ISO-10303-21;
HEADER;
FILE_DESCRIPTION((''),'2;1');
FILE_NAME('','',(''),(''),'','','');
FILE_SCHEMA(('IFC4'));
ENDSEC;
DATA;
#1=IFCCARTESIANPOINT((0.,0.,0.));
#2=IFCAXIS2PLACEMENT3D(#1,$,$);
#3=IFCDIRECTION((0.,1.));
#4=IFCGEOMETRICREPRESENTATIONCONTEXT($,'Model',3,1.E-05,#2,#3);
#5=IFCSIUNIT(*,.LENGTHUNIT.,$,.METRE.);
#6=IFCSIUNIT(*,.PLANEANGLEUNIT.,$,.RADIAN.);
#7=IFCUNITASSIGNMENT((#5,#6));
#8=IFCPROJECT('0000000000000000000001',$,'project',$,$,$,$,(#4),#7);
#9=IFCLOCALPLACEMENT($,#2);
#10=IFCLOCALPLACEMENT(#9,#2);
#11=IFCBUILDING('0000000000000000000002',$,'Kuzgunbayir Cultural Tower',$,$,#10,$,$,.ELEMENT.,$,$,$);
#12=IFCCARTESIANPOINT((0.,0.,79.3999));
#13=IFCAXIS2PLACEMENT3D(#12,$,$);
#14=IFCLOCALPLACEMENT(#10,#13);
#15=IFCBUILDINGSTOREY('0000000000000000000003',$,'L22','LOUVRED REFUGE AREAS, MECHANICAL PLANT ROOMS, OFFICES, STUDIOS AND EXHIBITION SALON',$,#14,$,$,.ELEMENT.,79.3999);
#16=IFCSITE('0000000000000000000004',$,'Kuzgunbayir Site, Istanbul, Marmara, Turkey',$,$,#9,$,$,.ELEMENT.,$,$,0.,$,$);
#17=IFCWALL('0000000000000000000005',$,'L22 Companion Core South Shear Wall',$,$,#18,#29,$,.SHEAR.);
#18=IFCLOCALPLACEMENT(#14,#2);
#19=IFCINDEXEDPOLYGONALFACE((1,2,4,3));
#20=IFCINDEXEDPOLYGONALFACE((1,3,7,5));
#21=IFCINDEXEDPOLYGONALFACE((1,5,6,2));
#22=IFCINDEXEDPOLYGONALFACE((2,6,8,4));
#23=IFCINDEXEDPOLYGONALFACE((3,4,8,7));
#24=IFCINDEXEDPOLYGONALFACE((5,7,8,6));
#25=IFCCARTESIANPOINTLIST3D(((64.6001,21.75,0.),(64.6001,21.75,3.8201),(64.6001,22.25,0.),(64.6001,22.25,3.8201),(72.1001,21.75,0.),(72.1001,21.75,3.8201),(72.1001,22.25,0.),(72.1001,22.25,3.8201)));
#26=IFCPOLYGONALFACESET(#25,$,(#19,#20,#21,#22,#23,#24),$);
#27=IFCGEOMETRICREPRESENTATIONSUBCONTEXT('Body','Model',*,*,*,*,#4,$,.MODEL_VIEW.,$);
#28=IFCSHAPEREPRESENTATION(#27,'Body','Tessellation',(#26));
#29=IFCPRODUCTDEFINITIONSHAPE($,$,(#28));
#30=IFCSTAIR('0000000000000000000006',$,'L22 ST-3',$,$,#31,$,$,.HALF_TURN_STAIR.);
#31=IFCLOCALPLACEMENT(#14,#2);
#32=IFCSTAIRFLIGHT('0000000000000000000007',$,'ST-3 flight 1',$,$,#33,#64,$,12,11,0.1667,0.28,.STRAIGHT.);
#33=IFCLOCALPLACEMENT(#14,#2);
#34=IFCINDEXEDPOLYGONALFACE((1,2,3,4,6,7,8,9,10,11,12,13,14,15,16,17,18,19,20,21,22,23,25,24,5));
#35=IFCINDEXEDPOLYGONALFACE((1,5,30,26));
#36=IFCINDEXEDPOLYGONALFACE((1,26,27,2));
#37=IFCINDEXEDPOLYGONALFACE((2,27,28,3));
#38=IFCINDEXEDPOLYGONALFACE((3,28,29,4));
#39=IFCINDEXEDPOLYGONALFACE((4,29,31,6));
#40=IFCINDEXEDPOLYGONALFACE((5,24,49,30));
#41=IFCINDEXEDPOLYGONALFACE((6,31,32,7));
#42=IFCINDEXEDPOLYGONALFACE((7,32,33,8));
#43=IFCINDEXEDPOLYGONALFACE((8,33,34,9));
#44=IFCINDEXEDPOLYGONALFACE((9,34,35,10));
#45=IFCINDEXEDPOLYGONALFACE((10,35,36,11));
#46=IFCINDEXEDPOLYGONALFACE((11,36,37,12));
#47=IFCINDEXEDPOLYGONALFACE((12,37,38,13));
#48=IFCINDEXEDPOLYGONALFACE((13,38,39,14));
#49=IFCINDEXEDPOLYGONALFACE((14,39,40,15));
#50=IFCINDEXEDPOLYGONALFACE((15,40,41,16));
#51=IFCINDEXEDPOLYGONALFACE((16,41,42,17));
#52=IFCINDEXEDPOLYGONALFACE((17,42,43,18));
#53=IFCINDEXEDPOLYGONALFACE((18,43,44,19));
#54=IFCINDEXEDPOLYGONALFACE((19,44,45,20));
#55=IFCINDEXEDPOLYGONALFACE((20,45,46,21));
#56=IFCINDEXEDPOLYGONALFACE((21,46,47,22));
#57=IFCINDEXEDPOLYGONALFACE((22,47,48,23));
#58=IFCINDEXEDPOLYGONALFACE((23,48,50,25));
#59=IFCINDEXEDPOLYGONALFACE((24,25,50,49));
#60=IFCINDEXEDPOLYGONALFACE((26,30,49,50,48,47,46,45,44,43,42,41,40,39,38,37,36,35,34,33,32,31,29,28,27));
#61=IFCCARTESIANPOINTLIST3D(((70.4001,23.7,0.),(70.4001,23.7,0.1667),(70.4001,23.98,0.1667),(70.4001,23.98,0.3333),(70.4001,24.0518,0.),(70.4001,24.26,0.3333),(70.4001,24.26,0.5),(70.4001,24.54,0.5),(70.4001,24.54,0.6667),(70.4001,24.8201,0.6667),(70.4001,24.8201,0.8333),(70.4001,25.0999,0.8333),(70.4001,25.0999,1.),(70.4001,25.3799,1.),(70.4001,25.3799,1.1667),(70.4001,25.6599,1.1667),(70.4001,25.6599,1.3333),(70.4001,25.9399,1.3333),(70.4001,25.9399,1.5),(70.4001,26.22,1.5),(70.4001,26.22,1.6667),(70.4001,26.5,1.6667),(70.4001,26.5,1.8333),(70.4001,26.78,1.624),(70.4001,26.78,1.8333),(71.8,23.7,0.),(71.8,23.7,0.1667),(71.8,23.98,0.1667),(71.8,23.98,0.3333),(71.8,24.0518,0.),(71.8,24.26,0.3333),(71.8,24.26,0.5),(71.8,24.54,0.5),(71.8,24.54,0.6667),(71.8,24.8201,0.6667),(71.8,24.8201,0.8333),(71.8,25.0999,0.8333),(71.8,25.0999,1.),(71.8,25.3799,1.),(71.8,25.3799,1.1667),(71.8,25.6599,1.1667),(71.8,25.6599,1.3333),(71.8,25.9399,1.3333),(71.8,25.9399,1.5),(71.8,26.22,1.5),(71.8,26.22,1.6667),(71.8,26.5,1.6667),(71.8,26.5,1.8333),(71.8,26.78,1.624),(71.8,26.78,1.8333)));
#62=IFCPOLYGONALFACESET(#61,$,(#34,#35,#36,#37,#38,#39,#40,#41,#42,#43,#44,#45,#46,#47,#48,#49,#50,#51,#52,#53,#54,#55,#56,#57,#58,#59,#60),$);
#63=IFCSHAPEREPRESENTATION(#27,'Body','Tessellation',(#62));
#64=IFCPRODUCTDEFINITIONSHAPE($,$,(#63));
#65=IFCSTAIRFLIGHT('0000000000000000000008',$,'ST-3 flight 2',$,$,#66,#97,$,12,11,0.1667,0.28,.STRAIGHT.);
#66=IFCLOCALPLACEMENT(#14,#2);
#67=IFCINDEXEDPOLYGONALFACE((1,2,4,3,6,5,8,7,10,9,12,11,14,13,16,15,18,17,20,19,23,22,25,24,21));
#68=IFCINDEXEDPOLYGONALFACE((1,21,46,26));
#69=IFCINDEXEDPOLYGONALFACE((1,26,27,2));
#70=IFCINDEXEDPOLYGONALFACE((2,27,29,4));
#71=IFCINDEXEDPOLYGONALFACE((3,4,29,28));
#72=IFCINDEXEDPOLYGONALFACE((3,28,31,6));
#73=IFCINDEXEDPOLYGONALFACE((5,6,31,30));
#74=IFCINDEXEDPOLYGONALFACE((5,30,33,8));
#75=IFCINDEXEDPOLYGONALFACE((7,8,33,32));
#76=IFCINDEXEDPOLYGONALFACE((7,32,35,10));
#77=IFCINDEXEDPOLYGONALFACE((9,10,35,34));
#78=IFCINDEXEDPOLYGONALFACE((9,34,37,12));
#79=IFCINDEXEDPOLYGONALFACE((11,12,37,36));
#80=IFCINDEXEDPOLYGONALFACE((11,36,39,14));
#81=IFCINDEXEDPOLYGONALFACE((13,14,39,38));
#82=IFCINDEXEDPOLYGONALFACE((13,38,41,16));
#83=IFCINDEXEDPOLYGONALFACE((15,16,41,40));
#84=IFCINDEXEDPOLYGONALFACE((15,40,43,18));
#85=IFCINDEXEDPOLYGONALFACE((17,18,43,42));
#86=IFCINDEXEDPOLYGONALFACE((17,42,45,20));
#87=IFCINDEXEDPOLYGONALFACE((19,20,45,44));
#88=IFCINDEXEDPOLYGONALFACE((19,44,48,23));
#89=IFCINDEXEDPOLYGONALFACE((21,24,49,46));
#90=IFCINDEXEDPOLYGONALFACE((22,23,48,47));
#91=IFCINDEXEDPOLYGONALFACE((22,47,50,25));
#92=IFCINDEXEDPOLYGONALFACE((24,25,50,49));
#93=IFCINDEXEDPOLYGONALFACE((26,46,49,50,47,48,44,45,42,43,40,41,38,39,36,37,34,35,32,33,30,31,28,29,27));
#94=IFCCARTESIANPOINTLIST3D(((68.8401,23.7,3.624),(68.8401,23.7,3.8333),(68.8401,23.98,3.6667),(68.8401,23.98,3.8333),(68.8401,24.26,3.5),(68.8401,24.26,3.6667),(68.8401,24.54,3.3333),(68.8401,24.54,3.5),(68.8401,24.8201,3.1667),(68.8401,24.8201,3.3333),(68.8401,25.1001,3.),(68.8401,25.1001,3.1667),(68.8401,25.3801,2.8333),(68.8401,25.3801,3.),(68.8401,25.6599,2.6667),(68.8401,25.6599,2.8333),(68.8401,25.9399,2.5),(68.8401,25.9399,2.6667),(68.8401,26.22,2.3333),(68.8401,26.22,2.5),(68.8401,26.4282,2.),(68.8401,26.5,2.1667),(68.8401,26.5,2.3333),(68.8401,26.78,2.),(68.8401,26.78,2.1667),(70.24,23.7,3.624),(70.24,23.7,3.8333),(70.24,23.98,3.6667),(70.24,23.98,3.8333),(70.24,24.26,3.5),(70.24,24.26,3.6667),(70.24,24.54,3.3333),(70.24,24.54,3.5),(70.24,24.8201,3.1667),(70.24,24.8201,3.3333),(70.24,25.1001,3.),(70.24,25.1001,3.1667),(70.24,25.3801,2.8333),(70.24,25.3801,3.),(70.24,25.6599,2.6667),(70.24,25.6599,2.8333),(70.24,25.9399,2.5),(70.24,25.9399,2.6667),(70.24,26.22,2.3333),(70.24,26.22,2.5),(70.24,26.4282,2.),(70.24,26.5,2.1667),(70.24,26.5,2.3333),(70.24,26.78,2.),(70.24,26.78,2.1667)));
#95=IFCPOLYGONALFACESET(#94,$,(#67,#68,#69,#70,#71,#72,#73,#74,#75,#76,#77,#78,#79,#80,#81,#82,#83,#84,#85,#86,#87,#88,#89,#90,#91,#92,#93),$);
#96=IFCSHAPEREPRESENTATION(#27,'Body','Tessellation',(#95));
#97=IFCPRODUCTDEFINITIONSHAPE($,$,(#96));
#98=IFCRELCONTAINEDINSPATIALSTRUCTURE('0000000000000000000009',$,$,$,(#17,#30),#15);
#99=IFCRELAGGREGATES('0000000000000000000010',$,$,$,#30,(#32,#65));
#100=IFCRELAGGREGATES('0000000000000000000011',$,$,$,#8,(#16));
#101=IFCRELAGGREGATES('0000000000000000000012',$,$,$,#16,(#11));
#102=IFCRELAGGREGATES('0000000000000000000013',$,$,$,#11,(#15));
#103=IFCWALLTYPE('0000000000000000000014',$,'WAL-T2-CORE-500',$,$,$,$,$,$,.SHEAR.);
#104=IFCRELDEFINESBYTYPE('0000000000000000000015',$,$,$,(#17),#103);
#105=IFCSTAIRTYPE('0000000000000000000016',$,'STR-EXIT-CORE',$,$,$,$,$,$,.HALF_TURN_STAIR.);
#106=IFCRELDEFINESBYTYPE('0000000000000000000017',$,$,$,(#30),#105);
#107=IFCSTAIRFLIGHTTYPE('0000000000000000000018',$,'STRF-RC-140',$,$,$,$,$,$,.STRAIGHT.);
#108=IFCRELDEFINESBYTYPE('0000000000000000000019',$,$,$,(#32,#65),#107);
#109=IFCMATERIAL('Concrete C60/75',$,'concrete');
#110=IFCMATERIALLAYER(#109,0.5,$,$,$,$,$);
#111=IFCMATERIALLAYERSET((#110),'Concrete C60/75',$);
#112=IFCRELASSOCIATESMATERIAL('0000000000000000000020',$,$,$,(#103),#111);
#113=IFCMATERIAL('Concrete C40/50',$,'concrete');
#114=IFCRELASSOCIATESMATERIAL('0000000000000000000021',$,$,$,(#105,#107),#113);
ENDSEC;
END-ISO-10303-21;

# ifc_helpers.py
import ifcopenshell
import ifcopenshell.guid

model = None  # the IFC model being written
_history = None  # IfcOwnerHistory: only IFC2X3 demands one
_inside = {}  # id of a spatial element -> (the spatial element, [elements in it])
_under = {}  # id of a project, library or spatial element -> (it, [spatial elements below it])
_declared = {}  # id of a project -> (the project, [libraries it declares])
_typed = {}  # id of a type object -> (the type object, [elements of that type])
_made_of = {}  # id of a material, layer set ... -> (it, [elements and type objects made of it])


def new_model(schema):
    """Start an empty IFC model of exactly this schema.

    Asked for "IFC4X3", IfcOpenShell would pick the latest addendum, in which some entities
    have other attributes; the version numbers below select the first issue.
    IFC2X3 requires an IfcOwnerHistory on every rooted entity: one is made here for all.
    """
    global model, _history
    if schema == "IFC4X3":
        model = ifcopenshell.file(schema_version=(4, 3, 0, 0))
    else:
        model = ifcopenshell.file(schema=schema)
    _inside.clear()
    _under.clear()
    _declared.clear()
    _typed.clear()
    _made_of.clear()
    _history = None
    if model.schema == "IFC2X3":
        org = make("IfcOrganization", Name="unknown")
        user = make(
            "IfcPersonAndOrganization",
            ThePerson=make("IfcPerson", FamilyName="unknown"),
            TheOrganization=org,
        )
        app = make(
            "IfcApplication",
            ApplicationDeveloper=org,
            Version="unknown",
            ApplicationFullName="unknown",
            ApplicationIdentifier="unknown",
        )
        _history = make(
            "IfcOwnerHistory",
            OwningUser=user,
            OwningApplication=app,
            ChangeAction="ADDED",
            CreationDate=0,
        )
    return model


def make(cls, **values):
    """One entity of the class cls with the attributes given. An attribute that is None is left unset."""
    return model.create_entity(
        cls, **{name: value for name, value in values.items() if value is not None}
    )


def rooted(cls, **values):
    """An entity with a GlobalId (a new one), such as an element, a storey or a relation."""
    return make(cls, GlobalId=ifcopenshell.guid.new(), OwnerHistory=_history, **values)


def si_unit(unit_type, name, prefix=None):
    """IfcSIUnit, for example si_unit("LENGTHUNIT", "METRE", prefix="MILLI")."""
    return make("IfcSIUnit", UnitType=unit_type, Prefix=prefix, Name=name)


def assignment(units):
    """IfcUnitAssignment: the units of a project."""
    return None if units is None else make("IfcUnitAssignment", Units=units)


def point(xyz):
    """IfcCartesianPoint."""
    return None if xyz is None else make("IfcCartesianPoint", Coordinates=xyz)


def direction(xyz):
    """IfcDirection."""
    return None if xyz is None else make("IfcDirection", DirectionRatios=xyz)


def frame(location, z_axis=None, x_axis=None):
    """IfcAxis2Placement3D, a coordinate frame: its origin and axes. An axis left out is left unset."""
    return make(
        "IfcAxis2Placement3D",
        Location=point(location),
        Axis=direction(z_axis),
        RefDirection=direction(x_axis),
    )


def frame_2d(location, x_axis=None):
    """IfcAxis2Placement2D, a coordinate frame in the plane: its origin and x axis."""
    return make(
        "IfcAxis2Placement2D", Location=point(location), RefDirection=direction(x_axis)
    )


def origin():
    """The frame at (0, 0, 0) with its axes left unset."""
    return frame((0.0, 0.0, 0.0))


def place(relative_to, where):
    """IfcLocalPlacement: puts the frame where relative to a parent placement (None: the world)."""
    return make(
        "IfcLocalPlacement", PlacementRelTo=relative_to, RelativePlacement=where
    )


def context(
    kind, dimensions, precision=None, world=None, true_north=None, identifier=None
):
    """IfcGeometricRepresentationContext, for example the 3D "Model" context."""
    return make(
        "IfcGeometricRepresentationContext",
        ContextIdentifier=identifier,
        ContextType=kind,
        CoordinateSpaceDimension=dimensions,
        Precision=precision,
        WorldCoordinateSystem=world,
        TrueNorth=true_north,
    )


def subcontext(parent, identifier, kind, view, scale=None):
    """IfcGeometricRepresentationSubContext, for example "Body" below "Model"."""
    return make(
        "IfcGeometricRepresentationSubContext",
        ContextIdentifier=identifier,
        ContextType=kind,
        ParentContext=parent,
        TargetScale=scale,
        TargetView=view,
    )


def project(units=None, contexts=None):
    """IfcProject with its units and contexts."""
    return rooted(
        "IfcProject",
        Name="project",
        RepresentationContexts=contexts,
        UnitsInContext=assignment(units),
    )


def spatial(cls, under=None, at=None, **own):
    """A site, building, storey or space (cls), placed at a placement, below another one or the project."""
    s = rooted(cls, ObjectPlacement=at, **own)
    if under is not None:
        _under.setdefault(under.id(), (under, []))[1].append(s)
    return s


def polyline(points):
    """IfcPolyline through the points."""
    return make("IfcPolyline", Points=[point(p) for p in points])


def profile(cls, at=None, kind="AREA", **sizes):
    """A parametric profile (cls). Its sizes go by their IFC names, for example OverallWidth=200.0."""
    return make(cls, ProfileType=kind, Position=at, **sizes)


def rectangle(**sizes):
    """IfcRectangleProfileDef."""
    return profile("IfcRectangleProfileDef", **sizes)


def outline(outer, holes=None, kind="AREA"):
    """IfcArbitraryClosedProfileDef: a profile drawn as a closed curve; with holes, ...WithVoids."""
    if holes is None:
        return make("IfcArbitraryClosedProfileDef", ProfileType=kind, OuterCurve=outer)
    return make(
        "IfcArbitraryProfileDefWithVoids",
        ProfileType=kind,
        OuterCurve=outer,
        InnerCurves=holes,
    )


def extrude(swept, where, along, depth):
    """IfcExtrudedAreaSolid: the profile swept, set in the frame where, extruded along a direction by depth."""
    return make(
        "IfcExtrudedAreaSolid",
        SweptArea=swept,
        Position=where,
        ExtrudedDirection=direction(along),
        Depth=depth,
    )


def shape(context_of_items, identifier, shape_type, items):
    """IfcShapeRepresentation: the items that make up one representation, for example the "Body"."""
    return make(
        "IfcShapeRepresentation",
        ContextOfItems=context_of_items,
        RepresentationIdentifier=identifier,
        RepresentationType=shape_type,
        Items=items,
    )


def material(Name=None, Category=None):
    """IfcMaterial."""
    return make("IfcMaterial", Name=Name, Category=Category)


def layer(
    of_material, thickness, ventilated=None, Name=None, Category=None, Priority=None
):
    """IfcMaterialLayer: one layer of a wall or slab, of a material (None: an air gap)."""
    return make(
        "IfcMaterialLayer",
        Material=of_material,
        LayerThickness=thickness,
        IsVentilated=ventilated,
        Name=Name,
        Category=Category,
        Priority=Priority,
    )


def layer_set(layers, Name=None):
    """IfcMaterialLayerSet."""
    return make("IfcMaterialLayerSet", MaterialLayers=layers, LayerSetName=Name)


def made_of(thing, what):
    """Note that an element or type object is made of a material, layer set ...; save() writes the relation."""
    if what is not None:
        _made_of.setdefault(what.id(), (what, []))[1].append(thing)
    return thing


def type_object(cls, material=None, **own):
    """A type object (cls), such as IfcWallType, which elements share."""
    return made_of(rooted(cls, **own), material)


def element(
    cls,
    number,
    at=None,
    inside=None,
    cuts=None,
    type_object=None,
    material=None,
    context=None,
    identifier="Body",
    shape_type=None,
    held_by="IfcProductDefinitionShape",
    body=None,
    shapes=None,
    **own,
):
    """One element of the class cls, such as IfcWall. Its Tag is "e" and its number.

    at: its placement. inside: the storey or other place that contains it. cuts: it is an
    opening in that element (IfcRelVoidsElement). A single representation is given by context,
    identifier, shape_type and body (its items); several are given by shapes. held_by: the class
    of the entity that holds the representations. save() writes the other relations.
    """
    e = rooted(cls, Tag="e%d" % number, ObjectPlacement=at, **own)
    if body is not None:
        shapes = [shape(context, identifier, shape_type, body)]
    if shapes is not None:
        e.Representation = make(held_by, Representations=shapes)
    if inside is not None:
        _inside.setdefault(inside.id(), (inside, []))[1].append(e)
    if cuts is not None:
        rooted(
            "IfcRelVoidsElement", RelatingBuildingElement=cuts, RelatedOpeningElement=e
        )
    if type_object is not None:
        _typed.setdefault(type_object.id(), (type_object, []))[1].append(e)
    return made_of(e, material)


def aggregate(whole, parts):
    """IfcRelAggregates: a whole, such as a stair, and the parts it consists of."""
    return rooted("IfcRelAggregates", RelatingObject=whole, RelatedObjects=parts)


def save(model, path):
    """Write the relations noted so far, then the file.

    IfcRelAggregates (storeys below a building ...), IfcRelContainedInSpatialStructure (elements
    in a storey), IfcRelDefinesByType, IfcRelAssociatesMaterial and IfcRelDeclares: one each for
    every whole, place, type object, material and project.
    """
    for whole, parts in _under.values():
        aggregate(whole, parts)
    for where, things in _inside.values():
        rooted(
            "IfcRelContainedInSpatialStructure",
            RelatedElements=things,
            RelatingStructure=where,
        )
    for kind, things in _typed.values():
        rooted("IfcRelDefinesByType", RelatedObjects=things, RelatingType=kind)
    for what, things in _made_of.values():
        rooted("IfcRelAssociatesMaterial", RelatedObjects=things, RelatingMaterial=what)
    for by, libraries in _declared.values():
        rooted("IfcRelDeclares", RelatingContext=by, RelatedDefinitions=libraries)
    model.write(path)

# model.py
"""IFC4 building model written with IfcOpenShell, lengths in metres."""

from ifc_helpers import new_model, si_unit, direction, frame, frame_2d, origin, place, context, subcontext, project, spatial, polyline, rectangle, outline, extrude, material, layer, layer_set, type_object, element, aggregate, save


model = new_model("IFC4")

# Units and contexts
model_context = context("Model", 3, precision=1e-05, world=origin(), true_north=direction((0.0, 1.0)))
body_context = subcontext(model_context, "Body", "Model", "MODEL_VIEW")
ifc_project = project(units=[si_unit("LENGTHUNIT", "METRE"), si_unit("PLANEANGLEUNIT", "RADIAN")], contexts=[model_context])

# Site, building, storey
site_placement = place(None, origin())
site = spatial("IfcSite", under=ifc_project, at=site_placement, Name="Kuzgunbayir Site, Istanbul, Marmara, Turkey", CompositionType="ELEMENT", RefElevation=0.0)
building_placement = place(site_placement, origin())
building = spatial("IfcBuilding", under=site, at=building_placement, Name="Kuzgunbayir Cultural Tower", CompositionType="ELEMENT")
storey_placement = place(building_placement, frame((0.0, 0.0, 79.3999)))
storey = spatial("IfcBuildingStorey", under=building, at=storey_placement, Name="L22", Description="LOUVRED REFUGE AREAS, MECHANICAL PLANT ROOMS, OFFICES, STUDIOS AND EXHIBITION SALON", CompositionType="ELEMENT", Elevation=79.3999)

# Shared definitions
ifc_material_1 = material(Name="Concrete C60/75", Category="concrete")

# Shared definitions
ifc_material_2 = material(Name="Concrete C40/50", Category="concrete")

# Wall
ifc_layer_1 = layer(ifc_material_1, 0.5)
ifc_layer_set_1 = layer_set([ifc_layer_1], Name="Concrete C60/75")
wall_type_1 = type_object("IfcWallType", Name="WAL-T2-CORE-500", PredefinedType="SHEAR", material=ifc_layer_set_1)
wall_1_placement = place(storey_placement, frame((64.6001, 22.0, 0.0), z_axis=(0.0, 0.0, 1.0), x_axis=(1.0, 0.0, 0.0)))
element("IfcWall", 1, at=wall_1_placement, inside=storey, type_object=wall_type_1, Name="L22 Companion Core South Shear Wall", PredefinedType="SHEAR", context=body_context, shape_type="SweptSolid", body=[
    extrude(rectangle(XDim=7.5, YDim=0.5, at=frame_2d((3.75, 0.0))), origin(), (0.0, 0.0, 1.0), 3.8201),
])

# Stair, stair flights
stair_type = type_object("IfcStairType", Name="STR-EXIT-CORE", PredefinedType="HALF_TURN_STAIR", material=ifc_material_2)
stair_placement = place(storey_placement, origin())
stair = element("IfcStair", 2, at=stair_placement, inside=storey, type_object=stair_type, Name="L22 ST-3", PredefinedType="HALF_TURN_STAIR")
stair_flight_type = type_object("IfcStairFlightType", Name="STRF-RC-140", PredefinedType="STRAIGHT", material=ifc_material_2)
stair_flight_1_placement = place(storey_placement, frame((71.1001, 23.7, 0.0), z_axis=(0.0, 0.0, 1.0), x_axis=(0.0, 1.0, 0.0)))
stair_flight_1 = element("IfcStairFlight", 3, at=stair_flight_1_placement, type_object=stair_flight_type, Name="ST-3 flight 1", NumberOfRisers=12, NumberOfTreads=11, PredefinedType="STRAIGHT", RiserHeight=0.1667, TreadLength=0.28, context=body_context, shape_type="SweptSolid", body=[
    extrude(outline(polyline([(0.0, 0.0), (0.0, 0.1667), (0.28, 0.1667), (0.28, 0.3333), (0.5601, 0.3333), (0.5601, 0.5), (0.8401, 0.5), (0.8401, 0.6667), (1.1201, 0.6667), (1.1201, 0.8333), (1.3999, 0.8333), (1.3999, 1.0), (1.6799, 1.0), (1.6799, 1.1667), (1.96, 1.1667), (1.96, 1.3333), (2.24, 1.3333), (2.24, 1.5), (2.52, 1.5), (2.52, 1.6667), (2.8, 1.6667), (2.8, 1.8333), (3.0801, 1.8333), (3.0801, 2.0), (3.0801, 1.624), (0.3518, 0.0), (0.0, 0.0)])), frame((0.0, 0.7, 0.0), z_axis=(0.0, -1.0, 0.0), x_axis=(1.0, 0.0, 0.0)), (0.0, 0.0, 1.0), 1.3999),
])
stair_flight_2_placement = place(storey_placement, frame((69.54, 26.78, 2.0), z_axis=(0.0, 0.0, 1.0), x_axis=(0.0, -1.0, 0.0)))
stair_flight_2 = element("IfcStairFlight", 4, at=stair_flight_2_placement, type_object=stair_flight_type, Name="ST-3 flight 2", NumberOfRisers=12, NumberOfTreads=11, PredefinedType="STRAIGHT", RiserHeight=0.1667, TreadLength=0.28, context=body_context, shape_type="SweptSolid", body=[
    extrude(outline(polyline([(0.0, 0.0), (0.0, 0.1667), (0.28, 0.1667), (0.28, 0.3333), (0.5601, 0.3333), (0.5601, 0.5), (0.8401, 0.5), (0.8401, 0.6667), (1.1201, 0.6667), (1.1201, 0.8333), (1.3999, 0.8333), (1.3999, 1.0), (1.6799, 1.0), (1.6799, 1.1667), (1.96, 1.1667), (1.96, 1.3333), (2.24, 1.3333), (2.24, 1.5), (2.52, 1.5), (2.52, 1.6667), (2.8, 1.6667), (2.8, 1.8333), (3.0801, 1.8333), (3.0801, 2.0), (3.0801, 1.624), (0.3518, 0.0), (0.0, 0.0)])), frame((0.0, 0.7, 0.0), z_axis=(0.0, -1.0, 0.0), x_axis=(1.0, 0.0, 0.0)), (0.0, 0.0, 1.0), 1.3999),
])
aggregate(stair, [stair_flight_1, stair_flight_2])

save(model, "model.ifc")
